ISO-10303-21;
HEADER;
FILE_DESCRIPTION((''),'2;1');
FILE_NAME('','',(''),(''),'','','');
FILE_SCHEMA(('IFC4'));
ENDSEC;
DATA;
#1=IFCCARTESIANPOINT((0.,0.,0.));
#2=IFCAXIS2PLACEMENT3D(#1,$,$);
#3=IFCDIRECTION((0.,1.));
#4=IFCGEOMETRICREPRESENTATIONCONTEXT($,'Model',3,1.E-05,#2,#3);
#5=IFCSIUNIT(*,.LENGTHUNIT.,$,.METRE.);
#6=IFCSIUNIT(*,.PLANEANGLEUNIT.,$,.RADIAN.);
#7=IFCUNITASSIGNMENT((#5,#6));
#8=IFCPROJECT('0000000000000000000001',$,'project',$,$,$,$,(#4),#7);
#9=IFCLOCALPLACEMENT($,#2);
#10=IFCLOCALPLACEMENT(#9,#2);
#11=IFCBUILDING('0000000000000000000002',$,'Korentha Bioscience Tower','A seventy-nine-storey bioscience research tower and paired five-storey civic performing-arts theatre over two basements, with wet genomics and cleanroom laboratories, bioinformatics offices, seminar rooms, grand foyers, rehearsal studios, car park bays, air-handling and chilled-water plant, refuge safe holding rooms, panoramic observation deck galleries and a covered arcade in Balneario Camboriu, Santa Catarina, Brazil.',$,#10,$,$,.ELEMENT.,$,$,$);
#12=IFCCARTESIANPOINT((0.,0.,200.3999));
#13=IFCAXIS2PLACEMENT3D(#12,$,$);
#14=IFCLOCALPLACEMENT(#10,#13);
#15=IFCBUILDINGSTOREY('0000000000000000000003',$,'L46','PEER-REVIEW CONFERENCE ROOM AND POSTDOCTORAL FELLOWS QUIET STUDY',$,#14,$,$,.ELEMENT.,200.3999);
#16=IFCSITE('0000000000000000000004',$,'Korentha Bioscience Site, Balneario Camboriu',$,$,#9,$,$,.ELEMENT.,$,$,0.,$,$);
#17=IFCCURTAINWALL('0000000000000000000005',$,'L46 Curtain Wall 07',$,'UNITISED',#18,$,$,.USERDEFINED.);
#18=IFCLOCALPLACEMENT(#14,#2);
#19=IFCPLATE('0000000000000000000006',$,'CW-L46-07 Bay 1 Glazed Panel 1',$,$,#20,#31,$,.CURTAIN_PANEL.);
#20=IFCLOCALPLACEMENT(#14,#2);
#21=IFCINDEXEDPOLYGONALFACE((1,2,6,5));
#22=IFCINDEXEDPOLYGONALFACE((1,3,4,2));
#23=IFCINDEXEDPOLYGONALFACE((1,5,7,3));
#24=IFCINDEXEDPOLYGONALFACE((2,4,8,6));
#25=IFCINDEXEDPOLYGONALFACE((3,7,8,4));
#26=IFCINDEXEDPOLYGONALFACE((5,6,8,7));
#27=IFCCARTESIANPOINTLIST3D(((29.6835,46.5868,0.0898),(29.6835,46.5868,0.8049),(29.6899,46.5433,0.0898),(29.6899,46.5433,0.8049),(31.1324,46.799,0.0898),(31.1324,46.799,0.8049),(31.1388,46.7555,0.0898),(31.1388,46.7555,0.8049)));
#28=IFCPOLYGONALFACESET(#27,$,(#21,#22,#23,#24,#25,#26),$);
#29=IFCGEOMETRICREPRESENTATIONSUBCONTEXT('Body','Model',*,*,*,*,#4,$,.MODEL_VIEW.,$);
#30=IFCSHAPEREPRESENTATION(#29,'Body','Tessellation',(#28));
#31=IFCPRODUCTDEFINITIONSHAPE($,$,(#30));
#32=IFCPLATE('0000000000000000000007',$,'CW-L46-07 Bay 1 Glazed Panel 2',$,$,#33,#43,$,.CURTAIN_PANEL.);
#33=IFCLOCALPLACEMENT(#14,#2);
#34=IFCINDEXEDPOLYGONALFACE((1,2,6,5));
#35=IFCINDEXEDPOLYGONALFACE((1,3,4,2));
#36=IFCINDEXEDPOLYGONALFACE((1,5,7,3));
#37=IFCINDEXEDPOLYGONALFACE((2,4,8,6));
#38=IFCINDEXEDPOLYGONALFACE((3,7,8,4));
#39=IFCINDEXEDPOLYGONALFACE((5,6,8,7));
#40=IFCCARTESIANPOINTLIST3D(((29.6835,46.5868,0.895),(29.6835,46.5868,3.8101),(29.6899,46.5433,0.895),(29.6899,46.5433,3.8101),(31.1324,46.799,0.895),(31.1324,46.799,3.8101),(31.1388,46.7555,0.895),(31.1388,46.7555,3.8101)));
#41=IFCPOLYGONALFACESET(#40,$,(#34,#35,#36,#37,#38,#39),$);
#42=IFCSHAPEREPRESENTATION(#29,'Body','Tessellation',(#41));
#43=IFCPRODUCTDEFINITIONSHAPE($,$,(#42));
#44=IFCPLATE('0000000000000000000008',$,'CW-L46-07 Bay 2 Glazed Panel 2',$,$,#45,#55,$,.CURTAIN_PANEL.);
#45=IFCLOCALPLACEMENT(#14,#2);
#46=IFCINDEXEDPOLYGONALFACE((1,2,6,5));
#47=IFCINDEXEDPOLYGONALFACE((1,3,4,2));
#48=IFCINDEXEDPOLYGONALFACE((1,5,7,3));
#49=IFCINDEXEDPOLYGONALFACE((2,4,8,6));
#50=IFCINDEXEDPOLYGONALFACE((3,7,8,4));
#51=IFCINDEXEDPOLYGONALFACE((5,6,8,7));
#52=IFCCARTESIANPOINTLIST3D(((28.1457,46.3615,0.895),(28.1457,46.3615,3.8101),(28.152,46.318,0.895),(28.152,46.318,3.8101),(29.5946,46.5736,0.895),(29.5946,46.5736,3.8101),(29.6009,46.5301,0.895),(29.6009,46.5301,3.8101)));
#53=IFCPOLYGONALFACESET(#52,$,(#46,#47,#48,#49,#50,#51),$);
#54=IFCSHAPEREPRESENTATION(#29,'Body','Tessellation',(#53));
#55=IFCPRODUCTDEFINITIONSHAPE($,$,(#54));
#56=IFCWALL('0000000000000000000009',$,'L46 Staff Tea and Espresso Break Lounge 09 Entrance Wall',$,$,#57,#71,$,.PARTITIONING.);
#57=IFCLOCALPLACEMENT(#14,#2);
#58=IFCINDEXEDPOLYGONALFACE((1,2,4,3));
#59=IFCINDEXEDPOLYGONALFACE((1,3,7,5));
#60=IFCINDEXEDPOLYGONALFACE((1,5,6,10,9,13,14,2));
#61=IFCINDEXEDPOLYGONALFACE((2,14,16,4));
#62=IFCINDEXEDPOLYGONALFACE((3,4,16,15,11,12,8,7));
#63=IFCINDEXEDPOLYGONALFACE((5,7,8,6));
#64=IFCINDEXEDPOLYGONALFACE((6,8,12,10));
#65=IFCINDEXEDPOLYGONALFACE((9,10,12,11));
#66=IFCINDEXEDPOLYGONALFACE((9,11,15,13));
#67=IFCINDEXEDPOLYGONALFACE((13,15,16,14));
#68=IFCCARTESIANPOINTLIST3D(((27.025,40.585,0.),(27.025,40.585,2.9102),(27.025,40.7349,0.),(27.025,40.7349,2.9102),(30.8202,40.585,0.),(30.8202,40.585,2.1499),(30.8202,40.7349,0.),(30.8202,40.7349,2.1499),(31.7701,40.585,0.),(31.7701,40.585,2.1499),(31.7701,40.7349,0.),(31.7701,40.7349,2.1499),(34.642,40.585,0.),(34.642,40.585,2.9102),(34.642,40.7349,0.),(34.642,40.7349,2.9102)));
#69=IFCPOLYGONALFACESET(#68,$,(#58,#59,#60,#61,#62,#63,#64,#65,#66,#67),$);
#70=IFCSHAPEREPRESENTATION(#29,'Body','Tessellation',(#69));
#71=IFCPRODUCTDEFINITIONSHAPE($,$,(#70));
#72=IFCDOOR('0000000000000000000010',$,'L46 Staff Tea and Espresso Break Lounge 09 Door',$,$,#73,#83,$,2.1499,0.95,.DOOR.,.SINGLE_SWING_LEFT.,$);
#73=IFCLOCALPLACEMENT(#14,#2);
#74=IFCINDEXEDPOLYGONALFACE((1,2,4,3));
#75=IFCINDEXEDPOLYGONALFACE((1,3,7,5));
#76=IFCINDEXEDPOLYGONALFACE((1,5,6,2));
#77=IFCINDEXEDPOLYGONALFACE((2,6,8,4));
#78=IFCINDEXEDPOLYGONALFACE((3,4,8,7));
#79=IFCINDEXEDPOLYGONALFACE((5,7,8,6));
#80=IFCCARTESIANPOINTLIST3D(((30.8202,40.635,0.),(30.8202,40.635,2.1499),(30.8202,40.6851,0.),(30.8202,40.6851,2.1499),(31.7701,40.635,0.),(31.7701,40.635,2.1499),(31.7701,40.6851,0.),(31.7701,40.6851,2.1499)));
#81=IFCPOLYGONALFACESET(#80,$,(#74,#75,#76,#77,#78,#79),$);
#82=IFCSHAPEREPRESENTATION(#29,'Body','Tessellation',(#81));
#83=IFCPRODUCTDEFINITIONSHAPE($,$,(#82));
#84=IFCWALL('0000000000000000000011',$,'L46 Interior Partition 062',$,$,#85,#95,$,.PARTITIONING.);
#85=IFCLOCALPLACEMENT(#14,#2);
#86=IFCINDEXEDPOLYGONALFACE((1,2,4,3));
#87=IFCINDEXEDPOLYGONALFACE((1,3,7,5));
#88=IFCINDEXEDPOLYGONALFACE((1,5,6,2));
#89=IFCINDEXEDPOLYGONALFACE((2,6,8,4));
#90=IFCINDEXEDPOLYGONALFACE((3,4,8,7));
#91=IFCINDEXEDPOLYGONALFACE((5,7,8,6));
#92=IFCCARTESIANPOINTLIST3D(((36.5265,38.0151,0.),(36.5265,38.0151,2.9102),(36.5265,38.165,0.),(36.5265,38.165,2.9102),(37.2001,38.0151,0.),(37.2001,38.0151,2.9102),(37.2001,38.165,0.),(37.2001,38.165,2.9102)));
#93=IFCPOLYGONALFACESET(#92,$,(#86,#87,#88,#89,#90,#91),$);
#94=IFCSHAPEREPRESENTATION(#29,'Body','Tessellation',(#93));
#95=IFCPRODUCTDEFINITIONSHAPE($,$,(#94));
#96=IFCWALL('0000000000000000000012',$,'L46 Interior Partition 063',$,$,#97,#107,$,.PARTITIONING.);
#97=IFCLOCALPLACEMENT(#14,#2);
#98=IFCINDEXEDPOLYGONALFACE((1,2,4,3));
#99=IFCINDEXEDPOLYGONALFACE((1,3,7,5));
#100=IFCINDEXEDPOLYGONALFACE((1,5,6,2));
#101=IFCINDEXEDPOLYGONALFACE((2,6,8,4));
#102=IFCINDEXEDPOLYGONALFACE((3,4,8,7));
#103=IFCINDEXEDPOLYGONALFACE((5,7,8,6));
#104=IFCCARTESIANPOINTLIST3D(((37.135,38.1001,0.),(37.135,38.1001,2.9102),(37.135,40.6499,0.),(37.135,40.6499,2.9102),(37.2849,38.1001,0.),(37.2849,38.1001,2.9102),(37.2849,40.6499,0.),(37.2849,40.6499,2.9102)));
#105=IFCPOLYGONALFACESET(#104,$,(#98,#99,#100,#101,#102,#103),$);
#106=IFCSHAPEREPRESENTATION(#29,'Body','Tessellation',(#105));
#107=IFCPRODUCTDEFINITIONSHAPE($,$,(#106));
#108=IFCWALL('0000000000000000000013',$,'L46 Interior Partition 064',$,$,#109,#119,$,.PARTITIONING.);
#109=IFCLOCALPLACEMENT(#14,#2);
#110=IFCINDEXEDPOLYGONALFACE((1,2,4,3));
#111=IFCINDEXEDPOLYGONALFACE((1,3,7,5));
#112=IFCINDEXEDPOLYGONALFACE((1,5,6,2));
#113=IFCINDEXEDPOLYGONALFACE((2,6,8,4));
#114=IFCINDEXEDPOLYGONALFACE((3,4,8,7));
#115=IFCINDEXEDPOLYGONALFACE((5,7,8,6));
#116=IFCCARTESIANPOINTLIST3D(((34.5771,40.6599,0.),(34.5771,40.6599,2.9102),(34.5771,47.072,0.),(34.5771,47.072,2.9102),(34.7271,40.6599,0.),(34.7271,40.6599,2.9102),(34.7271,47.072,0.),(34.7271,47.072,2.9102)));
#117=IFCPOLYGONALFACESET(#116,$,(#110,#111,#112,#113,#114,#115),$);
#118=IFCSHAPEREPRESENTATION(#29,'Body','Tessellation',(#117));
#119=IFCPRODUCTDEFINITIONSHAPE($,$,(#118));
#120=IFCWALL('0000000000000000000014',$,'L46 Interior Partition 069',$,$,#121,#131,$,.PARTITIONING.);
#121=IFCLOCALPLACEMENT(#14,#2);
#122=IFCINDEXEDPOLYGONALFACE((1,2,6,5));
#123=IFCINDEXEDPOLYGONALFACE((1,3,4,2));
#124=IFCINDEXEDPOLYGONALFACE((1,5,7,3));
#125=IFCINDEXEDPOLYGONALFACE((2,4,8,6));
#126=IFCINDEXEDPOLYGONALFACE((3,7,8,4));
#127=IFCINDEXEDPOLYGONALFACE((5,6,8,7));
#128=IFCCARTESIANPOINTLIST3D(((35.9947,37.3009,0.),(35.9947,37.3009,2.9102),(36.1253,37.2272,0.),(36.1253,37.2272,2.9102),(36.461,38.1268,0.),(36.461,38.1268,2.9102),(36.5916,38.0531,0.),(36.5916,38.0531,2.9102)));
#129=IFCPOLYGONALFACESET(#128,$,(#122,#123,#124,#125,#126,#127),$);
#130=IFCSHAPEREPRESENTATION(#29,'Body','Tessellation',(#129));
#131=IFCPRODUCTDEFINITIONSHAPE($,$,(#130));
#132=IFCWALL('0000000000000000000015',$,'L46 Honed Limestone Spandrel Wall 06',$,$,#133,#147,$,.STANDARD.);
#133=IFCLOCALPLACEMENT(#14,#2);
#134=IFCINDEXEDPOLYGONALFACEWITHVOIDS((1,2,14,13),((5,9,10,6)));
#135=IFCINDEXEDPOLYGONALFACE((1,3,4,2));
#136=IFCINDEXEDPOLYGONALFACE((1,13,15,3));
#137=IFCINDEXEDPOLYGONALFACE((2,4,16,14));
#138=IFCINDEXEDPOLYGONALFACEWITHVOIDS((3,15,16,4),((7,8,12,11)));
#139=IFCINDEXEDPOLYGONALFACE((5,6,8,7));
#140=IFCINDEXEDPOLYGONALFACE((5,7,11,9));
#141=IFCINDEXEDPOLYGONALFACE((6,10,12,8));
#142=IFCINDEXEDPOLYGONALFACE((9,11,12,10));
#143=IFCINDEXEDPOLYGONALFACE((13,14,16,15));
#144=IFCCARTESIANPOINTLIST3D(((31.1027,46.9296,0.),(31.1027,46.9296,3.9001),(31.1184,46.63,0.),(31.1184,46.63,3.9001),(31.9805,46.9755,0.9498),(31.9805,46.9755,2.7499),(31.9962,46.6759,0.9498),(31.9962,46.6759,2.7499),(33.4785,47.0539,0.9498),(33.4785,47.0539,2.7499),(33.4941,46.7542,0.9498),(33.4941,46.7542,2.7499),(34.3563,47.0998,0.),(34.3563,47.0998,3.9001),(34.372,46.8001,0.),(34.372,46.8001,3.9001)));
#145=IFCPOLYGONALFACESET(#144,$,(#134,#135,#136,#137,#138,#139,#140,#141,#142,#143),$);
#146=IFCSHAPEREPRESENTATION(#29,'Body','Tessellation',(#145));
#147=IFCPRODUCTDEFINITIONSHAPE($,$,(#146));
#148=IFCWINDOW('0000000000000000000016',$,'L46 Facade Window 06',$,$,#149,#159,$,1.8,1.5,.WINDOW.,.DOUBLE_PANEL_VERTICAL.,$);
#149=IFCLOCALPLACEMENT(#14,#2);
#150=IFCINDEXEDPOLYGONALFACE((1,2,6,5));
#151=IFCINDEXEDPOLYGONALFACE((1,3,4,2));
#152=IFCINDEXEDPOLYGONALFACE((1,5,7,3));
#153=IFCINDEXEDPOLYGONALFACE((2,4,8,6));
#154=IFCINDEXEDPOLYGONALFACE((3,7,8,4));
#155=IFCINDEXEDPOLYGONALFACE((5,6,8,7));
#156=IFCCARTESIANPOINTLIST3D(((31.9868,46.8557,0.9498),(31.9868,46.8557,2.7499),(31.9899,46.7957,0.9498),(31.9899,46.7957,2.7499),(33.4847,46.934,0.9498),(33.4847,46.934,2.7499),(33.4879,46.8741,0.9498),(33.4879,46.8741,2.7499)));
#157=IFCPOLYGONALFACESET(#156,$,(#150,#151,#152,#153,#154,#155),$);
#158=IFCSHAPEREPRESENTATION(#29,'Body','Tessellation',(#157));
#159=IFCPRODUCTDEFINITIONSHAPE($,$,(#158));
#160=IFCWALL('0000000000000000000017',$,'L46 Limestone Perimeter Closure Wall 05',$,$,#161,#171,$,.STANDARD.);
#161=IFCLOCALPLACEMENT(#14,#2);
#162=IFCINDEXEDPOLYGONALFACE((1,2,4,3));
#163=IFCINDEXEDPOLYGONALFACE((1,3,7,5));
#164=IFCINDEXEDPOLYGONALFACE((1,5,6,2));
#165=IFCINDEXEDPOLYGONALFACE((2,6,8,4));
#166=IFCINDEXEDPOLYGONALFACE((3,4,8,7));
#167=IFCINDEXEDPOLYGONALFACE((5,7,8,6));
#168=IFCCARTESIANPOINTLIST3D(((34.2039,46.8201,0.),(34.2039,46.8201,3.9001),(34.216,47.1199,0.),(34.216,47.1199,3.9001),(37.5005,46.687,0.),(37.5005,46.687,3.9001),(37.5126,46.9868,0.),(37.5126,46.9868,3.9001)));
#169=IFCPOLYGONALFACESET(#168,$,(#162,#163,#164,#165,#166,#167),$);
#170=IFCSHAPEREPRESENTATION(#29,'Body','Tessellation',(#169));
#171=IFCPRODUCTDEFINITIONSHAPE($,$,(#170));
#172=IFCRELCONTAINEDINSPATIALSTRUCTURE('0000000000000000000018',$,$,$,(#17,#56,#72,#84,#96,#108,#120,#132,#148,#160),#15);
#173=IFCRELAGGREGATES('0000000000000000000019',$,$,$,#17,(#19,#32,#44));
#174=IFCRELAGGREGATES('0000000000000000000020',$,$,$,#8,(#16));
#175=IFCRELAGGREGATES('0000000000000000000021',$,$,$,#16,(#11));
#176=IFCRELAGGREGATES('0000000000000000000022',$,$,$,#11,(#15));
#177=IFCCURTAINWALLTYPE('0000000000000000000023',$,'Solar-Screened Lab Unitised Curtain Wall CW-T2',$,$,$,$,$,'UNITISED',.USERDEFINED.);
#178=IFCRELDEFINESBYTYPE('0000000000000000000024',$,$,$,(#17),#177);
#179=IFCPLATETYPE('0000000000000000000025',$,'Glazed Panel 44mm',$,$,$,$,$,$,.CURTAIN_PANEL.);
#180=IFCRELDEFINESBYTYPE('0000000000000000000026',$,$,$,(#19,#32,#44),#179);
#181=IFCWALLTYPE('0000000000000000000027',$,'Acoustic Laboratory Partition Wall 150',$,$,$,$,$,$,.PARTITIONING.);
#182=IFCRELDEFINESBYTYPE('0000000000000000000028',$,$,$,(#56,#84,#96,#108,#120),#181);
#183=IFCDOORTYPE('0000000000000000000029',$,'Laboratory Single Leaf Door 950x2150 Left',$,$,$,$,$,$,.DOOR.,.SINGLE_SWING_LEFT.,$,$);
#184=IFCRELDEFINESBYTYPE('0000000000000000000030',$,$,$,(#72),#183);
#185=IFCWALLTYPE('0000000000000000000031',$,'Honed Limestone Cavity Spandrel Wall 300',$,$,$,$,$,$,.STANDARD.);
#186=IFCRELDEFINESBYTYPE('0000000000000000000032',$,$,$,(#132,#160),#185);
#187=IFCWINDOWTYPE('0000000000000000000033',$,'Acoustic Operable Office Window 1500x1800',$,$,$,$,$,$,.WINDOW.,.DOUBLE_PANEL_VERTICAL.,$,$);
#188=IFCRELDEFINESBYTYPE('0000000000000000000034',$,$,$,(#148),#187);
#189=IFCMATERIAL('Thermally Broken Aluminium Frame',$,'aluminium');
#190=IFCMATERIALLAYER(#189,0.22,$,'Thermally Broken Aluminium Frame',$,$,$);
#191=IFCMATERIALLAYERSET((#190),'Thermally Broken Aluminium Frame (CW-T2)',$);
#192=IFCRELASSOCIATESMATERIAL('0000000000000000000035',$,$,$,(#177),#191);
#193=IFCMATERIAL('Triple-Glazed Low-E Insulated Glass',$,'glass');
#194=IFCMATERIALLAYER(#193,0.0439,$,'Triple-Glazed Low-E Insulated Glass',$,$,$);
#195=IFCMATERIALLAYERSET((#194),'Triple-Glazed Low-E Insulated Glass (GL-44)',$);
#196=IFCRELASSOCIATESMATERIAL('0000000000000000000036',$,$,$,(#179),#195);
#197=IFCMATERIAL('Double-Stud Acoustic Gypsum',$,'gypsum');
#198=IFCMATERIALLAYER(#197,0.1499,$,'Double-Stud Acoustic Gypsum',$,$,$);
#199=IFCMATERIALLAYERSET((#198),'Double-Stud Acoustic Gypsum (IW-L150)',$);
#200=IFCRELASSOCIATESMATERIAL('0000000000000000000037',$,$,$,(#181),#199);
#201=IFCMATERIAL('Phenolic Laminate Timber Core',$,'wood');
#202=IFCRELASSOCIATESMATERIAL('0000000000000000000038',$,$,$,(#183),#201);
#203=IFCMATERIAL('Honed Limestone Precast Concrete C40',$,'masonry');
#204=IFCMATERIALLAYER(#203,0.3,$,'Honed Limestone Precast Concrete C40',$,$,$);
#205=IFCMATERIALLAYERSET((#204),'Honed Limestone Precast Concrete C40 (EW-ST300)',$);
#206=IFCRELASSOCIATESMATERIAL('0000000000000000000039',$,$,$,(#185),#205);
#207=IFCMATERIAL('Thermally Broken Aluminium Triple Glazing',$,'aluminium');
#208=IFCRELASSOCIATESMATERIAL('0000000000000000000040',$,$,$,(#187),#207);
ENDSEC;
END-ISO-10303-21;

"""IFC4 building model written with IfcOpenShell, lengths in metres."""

from ifc_helpers import new_model, si_unit, direction, frame, frame_2d, origin, origin_2d, place, context, subcontext, project, spatial, rectangle, extrude, material, layer, layer_set, type_object, element, fill, aggregate, save


model = new_model("IFC4")

# Units and contexts
model_context = context("Model", 3, precision=1e-05, world=origin(), true_north=direction((0.0, 1.0)))
body_context = subcontext(model_context, "Body", "Model", "MODEL_VIEW")
ifc_project = project(units=[si_unit("LENGTHUNIT", "METRE"), si_unit("PLANEANGLEUNIT", "RADIAN")], contexts=[model_context])

# Site, building, storey
site_placement = place(None, origin())
site = spatial("IfcSite", under=ifc_project, at=site_placement, Name="Korentha Bioscience Site, Balneario Camboriu", CompositionType="ELEMENT", RefElevation=0.0)
building_placement = place(site_placement, origin())
building = spatial("IfcBuilding", under=site, at=building_placement, Name="Korentha Bioscience Tower", Description="A seventy-nine-storey bioscience research tower and paired five-storey civic performing-arts theatre over two basements, with wet genomics and cleanroom laboratories, bioinformatics offices, seminar rooms, grand foyers, rehearsal studios, car park bays, air-handling and chilled-water plant, refuge safe holding rooms, panoramic observation deck galleries and a covered arcade in Balneario Camboriu, Santa Catarina, Brazil.", CompositionType="ELEMENT")
storey_placement = place(building_placement, frame((0.0, 0.0, 200.3999)))
storey = spatial("IfcBuildingStorey", under=building, at=storey_placement, Name="L46", Description="PEER-REVIEW CONFERENCE ROOM AND POSTDOCTORAL FELLOWS QUIET STUDY", CompositionType="ELEMENT", Elevation=200.3999)

# Curtain wall
ifc_material_1 = material(Name="Thermally Broken Aluminium Frame", Category="aluminium")
ifc_layer_1 = layer(ifc_material_1, 0.22, Name="Thermally Broken Aluminium Frame")
ifc_layer_set_1 = layer_set([ifc_layer_1], Name="Thermally Broken Aluminium Frame (CW-T2)")
curtain_wall_type = type_object("IfcCurtainWallType", Name="Solar-Screened Lab Unitised Curtain Wall CW-T2", ElementType="UNITISED", PredefinedType="USERDEFINED", material=ifc_layer_set_1)
curtain_wall_placement = place(storey_placement, origin())
curtain_wall = element("IfcCurtainWall", 1, at=curtain_wall_placement, inside=storey, type_object=curtain_wall_type, Name="L46 Curtain Wall 07", ObjectType="UNITISED", PredefinedType="USERDEFINED")

# Plates
ifc_material_2 = material(Name="Triple-Glazed Low-E Insulated Glass", Category="glass")
ifc_layer_2 = layer(ifc_material_2, 0.0439, Name="Triple-Glazed Low-E Insulated Glass")
ifc_layer_set_2 = layer_set([ifc_layer_2], Name="Triple-Glazed Low-E Insulated Glass (GL-44)")
plate_type = type_object("IfcPlateType", Name="Glazed Panel 44mm", PredefinedType="CURTAIN_PANEL", material=ifc_layer_set_2)
plate_1_placement = place(storey_placement, frame((30.4111, 46.6711, 0.0898), z_axis=(0.0, 0.0, 1.0), x_axis=(-0.989449, -0.144878, 0.0)))
plate_1 = element("IfcPlate", 2, at=plate_1_placement, type_object=plate_type, Name="CW-L46-07 Bay 1 Glazed Panel 1", PredefinedType="CURTAIN_PANEL", context=body_context, shape_type="SweptSolid", body=[
    extrude(rectangle(XDim=1.4644, YDim=0.0439, at=origin_2d()), origin(), (0.0, 0.0, 1.0), 0.7151),
])
plate_2_placement = place(storey_placement, frame((30.4111, 46.6711, 0.895), z_axis=(0.0, 0.0, 1.0), x_axis=(-0.989449, -0.144878, 0.0)))
plate_2 = element("IfcPlate", 3, at=plate_2_placement, type_object=plate_type, Name="CW-L46-07 Bay 1 Glazed Panel 2", PredefinedType="CURTAIN_PANEL", context=body_context, shape_type="SweptSolid", body=[
    extrude(rectangle(XDim=1.4644, YDim=0.0439, at=origin_2d()), origin(), (0.0, 0.0, 1.0), 2.915),
])
plate_3_placement = place(storey_placement, frame((28.8733, 46.4458, 0.895), z_axis=(0.0, 0.0, 1.0), x_axis=(-0.989449, -0.144878, 0.0)))
plate_3 = element("IfcPlate", 4, at=plate_3_placement, type_object=plate_type, Name="CW-L46-07 Bay 2 Glazed Panel 2", PredefinedType="CURTAIN_PANEL", context=body_context, shape_type="SweptSolid", body=[
    extrude(rectangle(XDim=1.4644, YDim=0.0439, at=origin_2d()), origin(), (0.0, 0.0, 1.0), 2.915),
])
aggregate(curtain_wall, [plate_1, plate_2, plate_3])

# Wall, opening, door
ifc_material_3 = material(Name="Double-Stud Acoustic Gypsum", Category="gypsum")
ifc_layer_3 = layer(ifc_material_3, 0.1499, Name="Double-Stud Acoustic Gypsum")
ifc_layer_set_3 = layer_set([ifc_layer_3], Name="Double-Stud Acoustic Gypsum (IW-L150)")
wall_type_1 = type_object("IfcWallType", Name="Acoustic Laboratory Partition Wall 150", PredefinedType="PARTITIONING", material=ifc_layer_set_3)
ifc_material_4 = material(Name="Phenolic Laminate Timber Core", Category="wood")
wall_1_placement = place(storey_placement, frame((34.6421, 40.6599, 0.0), z_axis=(0.0, 0.0, 1.0), x_axis=(-1.0, 0.0, 0.0)))
wall_1 = element("IfcWall", 5, at=wall_1_placement, inside=storey, type_object=wall_type_1, Name="L46 Staff Tea and Espresso Break Lounge 09 Entrance Wall", PredefinedType="PARTITIONING", context=body_context, shape_type="SweptSolid", body=[
    extrude(rectangle(XDim=7.6169, YDim=0.1499, at=frame_2d((3.8086, 0.0))), origin(), (0.0, 0.0, 1.0), 2.9102),
])
opening_1_placement = place(wall_1_placement, frame((2.8718, 0.0, 0.0)))
opening_1 = element("IfcOpeningElement", 6, at=opening_1_placement, cuts=wall_1, PredefinedType="OPENING", context=body_context, shape_type="SweptSolid", body=[
    extrude(rectangle(XDim=0.95, YDim=2.1499, at=frame_2d((0.4751, 1.075))), frame((0.0, 0.0898, 0.0), z_axis=(0.0, -1.0, 0.0), x_axis=(1.0, 0.0, 0.0)), (0.0, 0.0, 1.0), 0.1797),
])
door_type_1 = type_object("IfcDoorType", Name="Laboratory Single Leaf Door 950x2150 Left", OperationType="SINGLE_SWING_LEFT", PredefinedType="DOOR", material=ifc_material_4)
door_1_placement = place(opening_1_placement, origin())
door_1 = element("IfcDoor", 7, at=door_1_placement, inside=storey, type_object=door_type_1, Name="L46 Staff Tea and Espresso Break Lounge 09 Door", OperationType="SINGLE_SWING_LEFT", OverallHeight=2.1499, OverallWidth=0.95, PredefinedType="DOOR", context=body_context, shape_type="SweptSolid", body=[
    extrude(rectangle(XDim=0.95, YDim=2.1499, at=frame_2d((0.4751, 1.075))), frame((0.0, 0.0249, 0.0), z_axis=(0.0, -1.0, 0.0), x_axis=(1.0, 0.0, 0.0)), (0.0, 0.0, 1.0), 0.05),
])
fill(opening_1, door_1)

# Walls
wall_2_placement = place(storey_placement, frame((36.5264, 38.0901, 0.0), z_axis=(0.0, 0.0, 1.0), x_axis=(1.0, 0.0, 0.0)))
element("IfcWall", 8, at=wall_2_placement, inside=storey, type_object=wall_type_1, Name="L46 Interior Partition 062", PredefinedType="PARTITIONING", context=body_context, shape_type="SweptSolid", body=[
    extrude(rectangle(XDim=0.6736, YDim=0.1499, at=frame_2d((0.3369, 0.0))), origin(), (0.0, 0.0, 1.0), 2.9102),
])
wall_3_placement = place(storey_placement, frame((37.21, 38.1001, 0.0), z_axis=(0.0, 0.0, 1.0), x_axis=(0.0, 1.0, 0.0)))
element("IfcWall", 9, at=wall_3_placement, inside=storey, type_object=wall_type_1, Name="L46 Interior Partition 063", PredefinedType="PARTITIONING", context=body_context, shape_type="SweptSolid", body=[
    extrude(rectangle(XDim=2.5498, YDim=0.1499, at=frame_2d((1.2749, 0.0))), origin(), (0.0, 0.0, 1.0), 2.9102),
])
wall_4_placement = place(storey_placement, frame((34.6521, 40.6599, 0.0), z_axis=(0.0, 0.0, 1.0), x_axis=(0.0, 1.0, 0.0)))
element("IfcWall", 10, at=wall_4_placement, inside=storey, type_object=wall_type_1, Name="L46 Interior Partition 064", PredefinedType="PARTITIONING", context=body_context, shape_type="SweptSolid", body=[
    extrude(rectangle(XDim=6.4121, YDim=0.1499, at=frame_2d((3.2061, 0.0))), origin(), (0.0, 0.0, 1.0), 2.9102),
])
wall_5_placement = place(storey_placement, frame((36.0601, 37.2642, 0.0), z_axis=(0.0, 0.0, 1.0), x_axis=(0.491642, 0.870798, 0.0)))
element("IfcWall", 11, at=wall_5_placement, inside=storey, type_object=wall_type_1, Name="L46 Interior Partition 069", PredefinedType="PARTITIONING", context=body_context, shape_type="SweptSolid", body=[
    extrude(rectangle(XDim=0.9485, YDim=0.1499, at=frame_2d((0.4741, 0.0))), origin(), (0.0, 0.0, 1.0), 2.9102),
])

# Wall, opening, window
ifc_material_5 = material(Name="Honed Limestone Precast Concrete C40", Category="masonry")
ifc_layer_4 = layer(ifc_material_5, 0.3, Name="Honed Limestone Precast Concrete C40")
ifc_layer_set_4 = layer_set([ifc_layer_4], Name="Honed Limestone Precast Concrete C40 (EW-ST300)")
wall_type_2 = type_object("IfcWallType", Name="Honed Limestone Cavity Spandrel Wall 300", PredefinedType="STANDARD", material=ifc_layer_set_4)
wall_6_placement = place(storey_placement, frame((34.364, 46.95, 0.0), z_axis=(0.0, 0.0, 1.0), x_axis=(-0.998635, -0.052228, 0.0)))
wall_6 = element("IfcWall", 12, at=wall_6_placement, inside=storey, type_object=wall_type_2, Name="L46 Honed Limestone Spandrel Wall 06", PredefinedType="STANDARD", context=body_context, shape_type="SweptSolid", body=[
    extrude(rectangle(XDim=3.2581, YDim=0.3, at=frame_2d((1.6289, 0.0))), origin(), (0.0, 0.0, 1.0), 3.9001),
])
opening_2_placement = place(wall_6_placement, frame((0.8789, 0.0, 0.95)))
opening_2 = element("IfcOpeningElement", 13, at=opening_2_placement, cuts=wall_6, PredefinedType="OPENING", context=body_context, shape_type="SweptSolid", body=[
    extrude(rectangle(XDim=1.5, YDim=1.8, at=frame_2d((0.75, 0.8999))), frame((0.0, 0.165, 0.0), z_axis=(0.0, -1.0, 0.0), x_axis=(1.0, 0.0, 0.0)), (0.0, 0.0, 1.0), 0.3298),
])
ifc_material_6 = material(Name="Thermally Broken Aluminium Triple Glazing", Category="aluminium")
window_type = type_object("IfcWindowType", Name="Acoustic Operable Office Window 1500x1800", PartitioningType="DOUBLE_PANEL_VERTICAL", PredefinedType="WINDOW", material=ifc_material_6)
window_placement = place(opening_2_placement, origin())
window = element("IfcWindow", 14, at=window_placement, inside=storey, type_object=window_type, Name="L46 Facade Window 06", OverallHeight=1.8, OverallWidth=1.5, PartitioningType="DOUBLE_PANEL_VERTICAL", PredefinedType="WINDOW", context=body_context, shape_type="SweptSolid", body=[
    extrude(rectangle(XDim=1.5, YDim=1.8, at=frame_2d((0.75, 0.8999))), frame((0.0, 0.03, 0.0), z_axis=(0.0, -1.0, 0.0), x_axis=(1.0, 0.0, 0.0)), (0.0, 0.0, 1.0), 0.0601),
])
fill(opening_2, window)

# Wall
wall_7_placement = place(storey_placement, frame((37.5066, 46.8369, 0.0), z_axis=(0.0, 0.0, 1.0), x_axis=(-0.999186, 0.040329, 0.0)))
element("IfcWall", 15, at=wall_7_placement, inside=storey, type_object=wall_type_2, Name="L46 Limestone Perimeter Closure Wall 05", PredefinedType="STANDARD", context=body_context, shape_type="SweptSolid", body=[
    extrude(rectangle(XDim=3.2993, YDim=0.3, at=frame_2d((1.6497, 0.0))), origin(), (0.0, 0.0, 1.0), 3.9001),
])

save(model, "model.ifc")
